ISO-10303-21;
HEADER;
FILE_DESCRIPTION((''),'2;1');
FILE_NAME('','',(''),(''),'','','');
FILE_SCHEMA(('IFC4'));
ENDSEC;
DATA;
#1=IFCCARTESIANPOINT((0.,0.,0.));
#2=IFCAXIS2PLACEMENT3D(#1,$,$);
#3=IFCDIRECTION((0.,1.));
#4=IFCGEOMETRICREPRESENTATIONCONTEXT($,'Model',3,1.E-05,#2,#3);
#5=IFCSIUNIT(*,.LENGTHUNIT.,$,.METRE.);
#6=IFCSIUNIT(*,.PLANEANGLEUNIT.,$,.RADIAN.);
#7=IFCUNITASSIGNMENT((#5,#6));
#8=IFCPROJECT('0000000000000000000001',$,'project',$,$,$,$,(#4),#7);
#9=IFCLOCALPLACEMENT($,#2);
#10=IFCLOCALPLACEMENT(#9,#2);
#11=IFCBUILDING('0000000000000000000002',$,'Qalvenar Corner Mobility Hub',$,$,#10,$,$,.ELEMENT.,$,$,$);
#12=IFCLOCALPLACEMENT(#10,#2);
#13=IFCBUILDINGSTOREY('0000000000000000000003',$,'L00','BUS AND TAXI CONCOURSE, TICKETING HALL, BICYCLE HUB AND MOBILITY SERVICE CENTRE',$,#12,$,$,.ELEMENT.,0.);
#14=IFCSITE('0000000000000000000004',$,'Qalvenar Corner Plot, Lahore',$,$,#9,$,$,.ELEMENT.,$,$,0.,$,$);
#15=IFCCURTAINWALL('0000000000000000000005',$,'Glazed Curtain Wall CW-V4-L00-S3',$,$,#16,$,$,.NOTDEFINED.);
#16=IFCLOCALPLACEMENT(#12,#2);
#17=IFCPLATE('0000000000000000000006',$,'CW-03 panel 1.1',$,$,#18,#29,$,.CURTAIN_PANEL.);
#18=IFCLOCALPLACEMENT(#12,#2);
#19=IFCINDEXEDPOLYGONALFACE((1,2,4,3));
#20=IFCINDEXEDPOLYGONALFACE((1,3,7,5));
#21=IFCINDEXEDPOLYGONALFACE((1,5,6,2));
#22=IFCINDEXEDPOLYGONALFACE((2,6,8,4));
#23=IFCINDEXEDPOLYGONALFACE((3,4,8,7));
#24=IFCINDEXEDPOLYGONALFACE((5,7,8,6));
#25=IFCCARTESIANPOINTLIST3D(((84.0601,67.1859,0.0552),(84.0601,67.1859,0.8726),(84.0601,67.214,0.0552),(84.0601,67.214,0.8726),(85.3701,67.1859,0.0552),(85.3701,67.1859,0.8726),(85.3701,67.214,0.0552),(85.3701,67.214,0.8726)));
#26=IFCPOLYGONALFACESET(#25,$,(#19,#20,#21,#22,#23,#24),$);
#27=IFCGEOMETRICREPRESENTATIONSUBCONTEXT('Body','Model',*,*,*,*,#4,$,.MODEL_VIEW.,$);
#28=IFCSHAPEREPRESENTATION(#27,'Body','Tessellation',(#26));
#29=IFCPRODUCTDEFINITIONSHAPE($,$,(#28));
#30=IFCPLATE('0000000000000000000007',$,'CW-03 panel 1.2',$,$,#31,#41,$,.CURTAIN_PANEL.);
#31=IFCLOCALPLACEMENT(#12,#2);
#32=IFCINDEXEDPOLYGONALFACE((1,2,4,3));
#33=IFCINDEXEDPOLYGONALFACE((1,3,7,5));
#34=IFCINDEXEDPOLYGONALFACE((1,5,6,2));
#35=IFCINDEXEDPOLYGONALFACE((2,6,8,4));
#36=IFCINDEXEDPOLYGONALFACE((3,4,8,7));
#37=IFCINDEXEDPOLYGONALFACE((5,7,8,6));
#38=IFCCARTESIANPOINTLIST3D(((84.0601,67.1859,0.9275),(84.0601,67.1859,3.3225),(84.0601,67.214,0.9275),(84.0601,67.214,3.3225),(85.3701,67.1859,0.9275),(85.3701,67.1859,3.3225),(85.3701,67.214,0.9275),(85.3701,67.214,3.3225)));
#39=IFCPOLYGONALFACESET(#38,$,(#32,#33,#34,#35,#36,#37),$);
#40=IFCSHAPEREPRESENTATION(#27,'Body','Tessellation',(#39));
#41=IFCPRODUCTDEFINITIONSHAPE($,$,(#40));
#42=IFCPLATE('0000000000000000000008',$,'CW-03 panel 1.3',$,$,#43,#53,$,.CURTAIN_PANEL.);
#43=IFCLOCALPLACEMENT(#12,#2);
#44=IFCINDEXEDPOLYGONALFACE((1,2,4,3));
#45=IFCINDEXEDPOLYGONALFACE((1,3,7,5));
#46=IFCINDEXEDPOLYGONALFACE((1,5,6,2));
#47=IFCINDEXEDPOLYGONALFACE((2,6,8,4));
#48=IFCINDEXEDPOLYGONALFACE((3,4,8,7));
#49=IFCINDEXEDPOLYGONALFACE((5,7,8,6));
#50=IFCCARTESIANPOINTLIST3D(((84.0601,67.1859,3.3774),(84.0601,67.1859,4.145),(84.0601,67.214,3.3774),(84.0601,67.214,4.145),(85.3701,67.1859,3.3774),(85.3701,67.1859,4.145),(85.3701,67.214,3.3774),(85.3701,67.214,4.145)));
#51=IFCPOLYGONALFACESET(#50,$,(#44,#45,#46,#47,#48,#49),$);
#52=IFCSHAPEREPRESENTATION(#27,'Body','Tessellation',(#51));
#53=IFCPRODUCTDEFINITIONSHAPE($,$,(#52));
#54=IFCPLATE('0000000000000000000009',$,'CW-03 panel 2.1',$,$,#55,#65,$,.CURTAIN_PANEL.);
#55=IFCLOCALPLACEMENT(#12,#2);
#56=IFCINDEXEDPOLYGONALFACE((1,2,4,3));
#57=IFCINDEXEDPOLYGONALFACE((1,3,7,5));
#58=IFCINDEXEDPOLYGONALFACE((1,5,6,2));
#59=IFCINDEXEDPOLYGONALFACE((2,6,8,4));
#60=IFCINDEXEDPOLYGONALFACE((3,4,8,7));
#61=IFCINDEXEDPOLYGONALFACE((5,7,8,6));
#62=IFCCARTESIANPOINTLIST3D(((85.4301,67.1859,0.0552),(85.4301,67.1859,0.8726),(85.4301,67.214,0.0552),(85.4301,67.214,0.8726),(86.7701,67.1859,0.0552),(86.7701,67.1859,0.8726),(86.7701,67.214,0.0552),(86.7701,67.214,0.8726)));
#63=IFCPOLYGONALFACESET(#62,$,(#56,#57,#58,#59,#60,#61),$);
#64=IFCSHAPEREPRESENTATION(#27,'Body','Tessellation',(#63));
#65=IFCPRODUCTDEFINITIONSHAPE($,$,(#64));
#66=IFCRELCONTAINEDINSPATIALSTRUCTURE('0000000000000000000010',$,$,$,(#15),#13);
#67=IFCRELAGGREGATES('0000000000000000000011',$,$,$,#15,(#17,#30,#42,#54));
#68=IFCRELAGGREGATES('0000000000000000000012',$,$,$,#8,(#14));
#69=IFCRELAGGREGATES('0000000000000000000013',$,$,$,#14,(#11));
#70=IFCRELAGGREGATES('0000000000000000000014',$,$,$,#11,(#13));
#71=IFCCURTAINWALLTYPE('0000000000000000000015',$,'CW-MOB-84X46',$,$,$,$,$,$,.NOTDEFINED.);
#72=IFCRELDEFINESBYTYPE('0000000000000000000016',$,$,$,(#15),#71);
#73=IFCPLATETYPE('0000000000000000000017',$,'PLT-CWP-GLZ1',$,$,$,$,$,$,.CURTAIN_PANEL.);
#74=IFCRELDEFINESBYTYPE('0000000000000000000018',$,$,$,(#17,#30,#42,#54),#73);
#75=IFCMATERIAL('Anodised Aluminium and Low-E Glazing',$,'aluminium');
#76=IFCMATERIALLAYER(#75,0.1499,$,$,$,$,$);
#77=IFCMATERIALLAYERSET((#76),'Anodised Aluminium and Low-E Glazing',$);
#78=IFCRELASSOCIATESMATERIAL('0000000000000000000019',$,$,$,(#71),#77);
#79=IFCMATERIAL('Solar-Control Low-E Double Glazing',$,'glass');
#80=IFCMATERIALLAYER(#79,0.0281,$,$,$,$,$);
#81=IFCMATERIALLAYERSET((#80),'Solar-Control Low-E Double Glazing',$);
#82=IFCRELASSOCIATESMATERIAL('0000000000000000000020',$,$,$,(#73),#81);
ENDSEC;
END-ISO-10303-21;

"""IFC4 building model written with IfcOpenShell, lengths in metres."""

from ifc_helpers import new_model, si_unit, direction, frame, origin, origin_2d, place, context, subcontext, project, spatial, rectangle, extrude, material, layer, layer_set, type_object, element, aggregate, save


model = new_model("IFC4")

# Units and contexts
model_context = context("Model", 3, precision=1e-05, world=origin(), true_north=direction((0.0, 1.0)))
body_context = subcontext(model_context, "Body", "Model", "MODEL_VIEW")
ifc_project = project(units=[si_unit("LENGTHUNIT", "METRE"), si_unit("PLANEANGLEUNIT", "RADIAN")], contexts=[model_context])

# Site, building, storey
site_placement = place(None, origin())
site = spatial("IfcSite", under=ifc_project, at=site_placement, Name="Qalvenar Corner Plot, Lahore", CompositionType="ELEMENT", RefElevation=0.0)
building_placement = place(site_placement, origin())
building = spatial("IfcBuilding", under=site, at=building_placement, Name="Qalvenar Corner Mobility Hub", CompositionType="ELEMENT")
storey_placement = place(building_placement, origin())
storey = spatial("IfcBuildingStorey", under=building, at=storey_placement, Name="L00", Description="BUS AND TAXI CONCOURSE, TICKETING HALL, BICYCLE HUB AND MOBILITY SERVICE CENTRE", CompositionType="ELEMENT", Elevation=0.0)

# Curtain wall
ifc_material_1 = material(Name="Anodised Aluminium and Low-E Glazing", Category="aluminium")
ifc_layer_1 = layer(ifc_material_1, 0.1499)
ifc_layer_set_1 = layer_set([ifc_layer_1], Name="Anodised Aluminium and Low-E Glazing")
curtain_wall_type = type_object("IfcCurtainWallType", Name="CW-MOB-84X46", PredefinedType="NOTDEFINED", material=ifc_layer_set_1)
curtain_wall_1_placement = place(storey_placement, origin())
curtain_wall_1 = element("IfcCurtainWall", 1, at=curtain_wall_1_placement, inside=storey, type_object=curtain_wall_type, Name="Glazed Curtain Wall CW-V4-L00-S3", PredefinedType="NOTDEFINED")

# Plates
ifc_material_2 = material(Name="Solar-Control Low-E Double Glazing", Category="glass")
ifc_layer_2 = layer(ifc_material_2, 0.0281)
ifc_layer_set_2 = layer_set([ifc_layer_2], Name="Solar-Control Low-E Double Glazing")
plate_type = type_object("IfcPlateType", Name="PLT-CWP-GLZ1", PredefinedType="CURTAIN_PANEL", material=ifc_layer_set_2)
plate_1_placement = place(storey_placement, frame((84.7151, 67.2, 0.0552), z_axis=(0.0, 0.0, 1.0), x_axis=(1.0, 0.0, 0.0)))
plate_1 = element("IfcPlate", 2, at=plate_1_placement, type_object=plate_type, Name="CW-03 panel 1.1", PredefinedType="CURTAIN_PANEL", context=body_context, shape_type="SweptSolid", body=[
    extrude(rectangle(XDim=1.3101, YDim=0.0281, at=origin_2d()), origin(), (0.0, 0.0, 1.0), 0.8174),
])
plate_2_placement = place(storey_placement, frame((84.7151, 67.2, 0.9275), z_axis=(0.0, 0.0, 1.0), x_axis=(1.0, 0.0, 0.0)))
plate_2 = element("IfcPlate", 3, at=plate_2_placement, type_object=plate_type, Name="CW-03 panel 1.2", PredefinedType="CURTAIN_PANEL", context=body_context, shape_type="SweptSolid", body=[
    extrude(rectangle(XDim=1.3101, YDim=0.0281, at=origin_2d()), origin(), (0.0, 0.0, 1.0), 2.395),
])
plate_3_placement = place(storey_placement, frame((84.7151, 67.2, 3.3774), z_axis=(0.0, 0.0, 1.0), x_axis=(1.0, 0.0, 0.0)))
plate_3 = element("IfcPlate", 4, at=plate_3_placement, type_object=plate_type, Name="CW-03 panel 1.3", PredefinedType="CURTAIN_PANEL", context=body_context, shape_type="SweptSolid", body=[
    extrude(rectangle(XDim=1.3101, YDim=0.0281, at=origin_2d()), origin(), (0.0, 0.0, 1.0), 0.7676),
])
plate_4_placement = place(storey_placement, frame((86.1001, 67.2, 0.0552), z_axis=(0.0, 0.0, 1.0), x_axis=(1.0, 0.0, 0.0)))
plate_4 = element("IfcPlate", 5, at=plate_4_placement, type_object=plate_type, Name="CW-03 panel 2.1", PredefinedType="CURTAIN_PANEL", context=body_context, shape_type="SweptSolid", body=[
    extrude(rectangle(XDim=1.3401, YDim=0.0281, at=origin_2d()), origin(), (0.0, 0.0, 1.0), 0.8174),
])
aggregate(curtain_wall_1, [plate_1, plate_2, plate_3, plate_4])

save(model, "model.ifc")
